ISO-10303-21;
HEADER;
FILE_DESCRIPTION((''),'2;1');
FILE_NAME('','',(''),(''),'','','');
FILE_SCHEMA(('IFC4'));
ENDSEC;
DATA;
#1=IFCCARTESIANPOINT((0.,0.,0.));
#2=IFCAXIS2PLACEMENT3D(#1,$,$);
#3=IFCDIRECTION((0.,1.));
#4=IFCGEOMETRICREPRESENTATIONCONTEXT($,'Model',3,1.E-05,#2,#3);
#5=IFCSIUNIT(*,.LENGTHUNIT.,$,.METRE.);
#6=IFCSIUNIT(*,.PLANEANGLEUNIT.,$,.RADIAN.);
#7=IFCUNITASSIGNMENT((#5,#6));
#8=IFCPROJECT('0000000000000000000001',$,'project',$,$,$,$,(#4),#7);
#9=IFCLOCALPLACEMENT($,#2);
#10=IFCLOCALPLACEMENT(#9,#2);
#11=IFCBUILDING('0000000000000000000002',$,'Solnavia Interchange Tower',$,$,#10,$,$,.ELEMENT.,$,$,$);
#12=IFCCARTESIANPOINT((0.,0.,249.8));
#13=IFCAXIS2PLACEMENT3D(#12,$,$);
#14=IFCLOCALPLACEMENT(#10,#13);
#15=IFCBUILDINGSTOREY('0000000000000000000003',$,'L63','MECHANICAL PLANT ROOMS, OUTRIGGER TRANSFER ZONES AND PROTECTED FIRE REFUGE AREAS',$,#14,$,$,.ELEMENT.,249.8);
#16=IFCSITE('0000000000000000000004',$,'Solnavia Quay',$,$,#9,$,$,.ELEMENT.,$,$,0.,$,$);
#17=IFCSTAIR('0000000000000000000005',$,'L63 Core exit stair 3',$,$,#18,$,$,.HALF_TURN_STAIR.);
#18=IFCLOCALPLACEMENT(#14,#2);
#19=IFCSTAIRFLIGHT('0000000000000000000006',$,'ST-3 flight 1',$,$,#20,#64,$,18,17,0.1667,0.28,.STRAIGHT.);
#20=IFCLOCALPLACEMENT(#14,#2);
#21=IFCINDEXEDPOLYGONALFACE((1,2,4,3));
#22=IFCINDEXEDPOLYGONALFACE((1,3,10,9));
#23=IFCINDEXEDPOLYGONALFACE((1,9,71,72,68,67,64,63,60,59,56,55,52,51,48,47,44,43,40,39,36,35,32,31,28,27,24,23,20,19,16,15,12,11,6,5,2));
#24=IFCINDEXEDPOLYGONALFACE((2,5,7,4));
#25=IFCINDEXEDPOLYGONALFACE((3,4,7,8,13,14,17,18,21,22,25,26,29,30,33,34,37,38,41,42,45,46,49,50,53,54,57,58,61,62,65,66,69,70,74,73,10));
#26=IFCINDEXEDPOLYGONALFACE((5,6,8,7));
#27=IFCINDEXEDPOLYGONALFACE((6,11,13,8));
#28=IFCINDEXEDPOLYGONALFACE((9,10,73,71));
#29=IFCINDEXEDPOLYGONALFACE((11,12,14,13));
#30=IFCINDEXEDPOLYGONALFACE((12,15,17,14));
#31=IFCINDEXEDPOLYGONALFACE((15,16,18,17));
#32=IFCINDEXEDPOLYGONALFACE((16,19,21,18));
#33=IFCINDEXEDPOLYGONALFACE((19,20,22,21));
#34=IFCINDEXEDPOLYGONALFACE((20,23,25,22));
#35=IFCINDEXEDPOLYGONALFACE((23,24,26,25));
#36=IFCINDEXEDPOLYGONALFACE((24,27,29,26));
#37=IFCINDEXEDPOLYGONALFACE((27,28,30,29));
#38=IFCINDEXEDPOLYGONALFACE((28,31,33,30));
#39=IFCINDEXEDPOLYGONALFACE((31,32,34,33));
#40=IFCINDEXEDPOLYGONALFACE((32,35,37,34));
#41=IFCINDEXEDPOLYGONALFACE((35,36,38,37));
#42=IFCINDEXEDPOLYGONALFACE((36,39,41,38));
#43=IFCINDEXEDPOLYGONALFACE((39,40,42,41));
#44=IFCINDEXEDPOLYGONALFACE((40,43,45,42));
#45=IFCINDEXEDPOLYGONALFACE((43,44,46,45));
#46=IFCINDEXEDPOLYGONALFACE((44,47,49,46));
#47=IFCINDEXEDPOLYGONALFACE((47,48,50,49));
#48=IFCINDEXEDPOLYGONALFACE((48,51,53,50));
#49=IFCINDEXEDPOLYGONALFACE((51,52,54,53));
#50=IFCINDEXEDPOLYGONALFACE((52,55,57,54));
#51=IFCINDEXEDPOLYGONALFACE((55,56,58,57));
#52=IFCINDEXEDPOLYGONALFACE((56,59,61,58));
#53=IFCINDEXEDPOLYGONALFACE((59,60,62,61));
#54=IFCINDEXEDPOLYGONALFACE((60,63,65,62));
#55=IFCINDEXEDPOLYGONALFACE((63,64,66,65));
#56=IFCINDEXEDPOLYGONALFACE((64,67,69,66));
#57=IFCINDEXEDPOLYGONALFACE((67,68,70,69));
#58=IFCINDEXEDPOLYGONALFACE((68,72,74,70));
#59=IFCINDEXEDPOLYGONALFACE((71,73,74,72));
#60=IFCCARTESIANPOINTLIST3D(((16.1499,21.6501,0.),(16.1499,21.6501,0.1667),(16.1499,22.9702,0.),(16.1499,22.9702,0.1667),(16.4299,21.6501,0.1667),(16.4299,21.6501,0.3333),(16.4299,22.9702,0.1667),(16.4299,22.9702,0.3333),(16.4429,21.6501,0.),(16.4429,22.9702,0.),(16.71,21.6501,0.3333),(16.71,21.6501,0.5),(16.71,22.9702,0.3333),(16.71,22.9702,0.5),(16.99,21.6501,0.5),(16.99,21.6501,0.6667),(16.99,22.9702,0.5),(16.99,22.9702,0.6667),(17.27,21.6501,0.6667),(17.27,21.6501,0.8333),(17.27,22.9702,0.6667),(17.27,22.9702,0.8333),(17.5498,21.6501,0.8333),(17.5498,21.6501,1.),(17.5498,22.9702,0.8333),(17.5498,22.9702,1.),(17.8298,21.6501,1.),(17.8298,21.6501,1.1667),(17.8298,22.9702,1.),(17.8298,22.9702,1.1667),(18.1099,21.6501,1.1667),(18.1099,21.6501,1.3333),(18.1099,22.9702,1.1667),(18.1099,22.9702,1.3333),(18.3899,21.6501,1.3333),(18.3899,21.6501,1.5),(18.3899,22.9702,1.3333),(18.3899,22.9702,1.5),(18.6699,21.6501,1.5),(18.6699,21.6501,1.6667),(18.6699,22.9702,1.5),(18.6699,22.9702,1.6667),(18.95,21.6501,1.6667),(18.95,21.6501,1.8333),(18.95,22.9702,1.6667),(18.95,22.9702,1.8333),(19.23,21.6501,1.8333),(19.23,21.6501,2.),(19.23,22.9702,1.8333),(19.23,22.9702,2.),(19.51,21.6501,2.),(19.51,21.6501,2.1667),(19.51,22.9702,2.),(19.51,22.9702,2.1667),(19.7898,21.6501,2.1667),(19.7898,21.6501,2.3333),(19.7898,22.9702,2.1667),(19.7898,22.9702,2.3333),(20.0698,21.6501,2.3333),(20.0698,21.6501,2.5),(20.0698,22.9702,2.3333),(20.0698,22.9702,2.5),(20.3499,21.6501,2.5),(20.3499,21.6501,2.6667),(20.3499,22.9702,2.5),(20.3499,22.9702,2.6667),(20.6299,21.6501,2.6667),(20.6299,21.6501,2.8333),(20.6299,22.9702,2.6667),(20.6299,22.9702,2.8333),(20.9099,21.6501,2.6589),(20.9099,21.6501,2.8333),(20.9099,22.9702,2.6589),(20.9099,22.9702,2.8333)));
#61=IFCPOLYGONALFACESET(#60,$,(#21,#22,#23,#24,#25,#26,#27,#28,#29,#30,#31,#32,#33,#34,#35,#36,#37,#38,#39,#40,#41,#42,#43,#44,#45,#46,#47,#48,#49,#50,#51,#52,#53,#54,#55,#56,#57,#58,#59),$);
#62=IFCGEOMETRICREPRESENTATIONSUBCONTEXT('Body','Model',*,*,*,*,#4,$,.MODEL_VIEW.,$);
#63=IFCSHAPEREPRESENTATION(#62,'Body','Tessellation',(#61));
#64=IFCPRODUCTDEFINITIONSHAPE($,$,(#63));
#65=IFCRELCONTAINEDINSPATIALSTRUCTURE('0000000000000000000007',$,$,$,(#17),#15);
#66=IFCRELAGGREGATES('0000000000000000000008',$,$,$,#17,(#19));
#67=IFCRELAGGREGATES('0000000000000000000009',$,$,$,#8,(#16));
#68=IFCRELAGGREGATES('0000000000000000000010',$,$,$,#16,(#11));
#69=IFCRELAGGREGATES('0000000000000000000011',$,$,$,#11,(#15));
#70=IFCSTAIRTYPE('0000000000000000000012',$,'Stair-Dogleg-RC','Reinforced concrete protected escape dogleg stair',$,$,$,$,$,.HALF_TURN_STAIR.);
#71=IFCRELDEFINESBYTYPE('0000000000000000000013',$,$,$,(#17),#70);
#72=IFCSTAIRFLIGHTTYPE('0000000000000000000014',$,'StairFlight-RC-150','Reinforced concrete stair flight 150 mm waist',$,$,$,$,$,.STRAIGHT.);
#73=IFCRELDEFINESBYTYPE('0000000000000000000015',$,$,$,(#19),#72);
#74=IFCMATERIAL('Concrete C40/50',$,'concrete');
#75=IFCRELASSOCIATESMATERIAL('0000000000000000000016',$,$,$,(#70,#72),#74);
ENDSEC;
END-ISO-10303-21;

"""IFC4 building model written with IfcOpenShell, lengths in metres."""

from ifc_helpers import new_model, si_unit, direction, frame, origin, place, context, subcontext, project, spatial, polyline, outline, extrude, material, type_object, element, aggregate, save


model = new_model("IFC4")

# Units and contexts
model_context = context("Model", 3, precision=1e-05, world=origin(), true_north=direction((0.0, 1.0)))
body_context = subcontext(model_context, "Body", "Model", "MODEL_VIEW")
ifc_project = project(units=[si_unit("LENGTHUNIT", "METRE"), si_unit("PLANEANGLEUNIT", "RADIAN")], contexts=[model_context])

# Site, building, storey
site_placement = place(None, origin())
site = spatial("IfcSite", under=ifc_project, at=site_placement, Name="Solnavia Quay", CompositionType="ELEMENT", RefElevation=0.0)
building_placement = place(site_placement, origin())
building = spatial("IfcBuilding", under=site, at=building_placement, Name="Solnavia Interchange Tower", CompositionType="ELEMENT")
storey_placement = place(building_placement, frame((0.0, 0.0, 249.8)))
storey = spatial("IfcBuildingStorey", under=building, at=storey_placement, Name="L63", Description="MECHANICAL PLANT ROOMS, OUTRIGGER TRANSFER ZONES AND PROTECTED FIRE REFUGE AREAS", CompositionType="ELEMENT", Elevation=249.8)

# Shared definitions
ifc_material_1 = material(Name="Concrete C40/50", Category="concrete")

# Stair, stair flight
stair_type = type_object("IfcStairType", Name="Stair-Dogleg-RC", Description="Reinforced concrete protected escape dogleg stair", PredefinedType="HALF_TURN_STAIR", material=ifc_material_1)
stair_placement = place(storey_placement, origin())
stair = element("IfcStair", 1, at=stair_placement, inside=storey, type_object=stair_type, Name="L63 Core exit stair 3", PredefinedType="HALF_TURN_STAIR")
stair_flight_type = type_object("IfcStairFlightType", Name="StairFlight-RC-150", Description="Reinforced concrete stair flight 150 mm waist", PredefinedType="STRAIGHT", material=ifc_material_1)
stair_flight_placement = place(storey_placement, frame((16.1499, 22.3101, 0.0), z_axis=(0.0, 0.0, 1.0), x_axis=(1.0, 0.0, 0.0)))
stair_flight = element("IfcStairFlight", 2, at=stair_flight_placement, type_object=stair_flight_type, Name="ST-3 flight 1", NumberOfRisers=18, NumberOfTreads=17, PredefinedType="STRAIGHT", RiserHeight=0.1667, TreadLength=0.28, context=body_context, shape_type="SweptSolid", body=[
    extrude(outline(polyline([(0.0, 0.0), (0.0, 0.1667), (0.28, 0.1667), (0.28, 0.3333), (0.5601, 0.3333), (0.5601, 0.5), (0.8401, 0.5), (0.8401, 0.6667), (1.1201, 0.6667), (1.1201, 0.8333), (1.3999, 0.8333), (1.3999, 1.0), (1.6799, 1.0), (1.6799, 1.1667), (1.96, 1.1667), (1.96, 1.3333), (2.24, 1.3333), (2.24, 1.5), (2.52, 1.5), (2.52, 1.6667), (2.8, 1.6667), (2.8, 1.8333), (3.0801, 1.8333), (3.0801, 2.0), (3.3601, 2.0), (3.3601, 2.1667), (3.6399, 2.1667), (3.6399, 2.3333), (3.9199, 2.3333), (3.9199, 2.5), (4.2, 2.5), (4.2, 2.6667), (4.48, 2.6667), (4.48, 2.8333), (4.76, 2.8333), (4.76, 3.0), (4.76, 2.6589), (0.293, 0.0), (0.0, 0.0)])), frame((0.0, 0.6602, 0.0), z_axis=(0.0, -1.0, 0.0), x_axis=(1.0, 0.0, 0.0)), (0.0, 0.0, 1.0), 1.3201),
])
aggregate(stair, [stair_flight])

save(model, "model.ifc")
